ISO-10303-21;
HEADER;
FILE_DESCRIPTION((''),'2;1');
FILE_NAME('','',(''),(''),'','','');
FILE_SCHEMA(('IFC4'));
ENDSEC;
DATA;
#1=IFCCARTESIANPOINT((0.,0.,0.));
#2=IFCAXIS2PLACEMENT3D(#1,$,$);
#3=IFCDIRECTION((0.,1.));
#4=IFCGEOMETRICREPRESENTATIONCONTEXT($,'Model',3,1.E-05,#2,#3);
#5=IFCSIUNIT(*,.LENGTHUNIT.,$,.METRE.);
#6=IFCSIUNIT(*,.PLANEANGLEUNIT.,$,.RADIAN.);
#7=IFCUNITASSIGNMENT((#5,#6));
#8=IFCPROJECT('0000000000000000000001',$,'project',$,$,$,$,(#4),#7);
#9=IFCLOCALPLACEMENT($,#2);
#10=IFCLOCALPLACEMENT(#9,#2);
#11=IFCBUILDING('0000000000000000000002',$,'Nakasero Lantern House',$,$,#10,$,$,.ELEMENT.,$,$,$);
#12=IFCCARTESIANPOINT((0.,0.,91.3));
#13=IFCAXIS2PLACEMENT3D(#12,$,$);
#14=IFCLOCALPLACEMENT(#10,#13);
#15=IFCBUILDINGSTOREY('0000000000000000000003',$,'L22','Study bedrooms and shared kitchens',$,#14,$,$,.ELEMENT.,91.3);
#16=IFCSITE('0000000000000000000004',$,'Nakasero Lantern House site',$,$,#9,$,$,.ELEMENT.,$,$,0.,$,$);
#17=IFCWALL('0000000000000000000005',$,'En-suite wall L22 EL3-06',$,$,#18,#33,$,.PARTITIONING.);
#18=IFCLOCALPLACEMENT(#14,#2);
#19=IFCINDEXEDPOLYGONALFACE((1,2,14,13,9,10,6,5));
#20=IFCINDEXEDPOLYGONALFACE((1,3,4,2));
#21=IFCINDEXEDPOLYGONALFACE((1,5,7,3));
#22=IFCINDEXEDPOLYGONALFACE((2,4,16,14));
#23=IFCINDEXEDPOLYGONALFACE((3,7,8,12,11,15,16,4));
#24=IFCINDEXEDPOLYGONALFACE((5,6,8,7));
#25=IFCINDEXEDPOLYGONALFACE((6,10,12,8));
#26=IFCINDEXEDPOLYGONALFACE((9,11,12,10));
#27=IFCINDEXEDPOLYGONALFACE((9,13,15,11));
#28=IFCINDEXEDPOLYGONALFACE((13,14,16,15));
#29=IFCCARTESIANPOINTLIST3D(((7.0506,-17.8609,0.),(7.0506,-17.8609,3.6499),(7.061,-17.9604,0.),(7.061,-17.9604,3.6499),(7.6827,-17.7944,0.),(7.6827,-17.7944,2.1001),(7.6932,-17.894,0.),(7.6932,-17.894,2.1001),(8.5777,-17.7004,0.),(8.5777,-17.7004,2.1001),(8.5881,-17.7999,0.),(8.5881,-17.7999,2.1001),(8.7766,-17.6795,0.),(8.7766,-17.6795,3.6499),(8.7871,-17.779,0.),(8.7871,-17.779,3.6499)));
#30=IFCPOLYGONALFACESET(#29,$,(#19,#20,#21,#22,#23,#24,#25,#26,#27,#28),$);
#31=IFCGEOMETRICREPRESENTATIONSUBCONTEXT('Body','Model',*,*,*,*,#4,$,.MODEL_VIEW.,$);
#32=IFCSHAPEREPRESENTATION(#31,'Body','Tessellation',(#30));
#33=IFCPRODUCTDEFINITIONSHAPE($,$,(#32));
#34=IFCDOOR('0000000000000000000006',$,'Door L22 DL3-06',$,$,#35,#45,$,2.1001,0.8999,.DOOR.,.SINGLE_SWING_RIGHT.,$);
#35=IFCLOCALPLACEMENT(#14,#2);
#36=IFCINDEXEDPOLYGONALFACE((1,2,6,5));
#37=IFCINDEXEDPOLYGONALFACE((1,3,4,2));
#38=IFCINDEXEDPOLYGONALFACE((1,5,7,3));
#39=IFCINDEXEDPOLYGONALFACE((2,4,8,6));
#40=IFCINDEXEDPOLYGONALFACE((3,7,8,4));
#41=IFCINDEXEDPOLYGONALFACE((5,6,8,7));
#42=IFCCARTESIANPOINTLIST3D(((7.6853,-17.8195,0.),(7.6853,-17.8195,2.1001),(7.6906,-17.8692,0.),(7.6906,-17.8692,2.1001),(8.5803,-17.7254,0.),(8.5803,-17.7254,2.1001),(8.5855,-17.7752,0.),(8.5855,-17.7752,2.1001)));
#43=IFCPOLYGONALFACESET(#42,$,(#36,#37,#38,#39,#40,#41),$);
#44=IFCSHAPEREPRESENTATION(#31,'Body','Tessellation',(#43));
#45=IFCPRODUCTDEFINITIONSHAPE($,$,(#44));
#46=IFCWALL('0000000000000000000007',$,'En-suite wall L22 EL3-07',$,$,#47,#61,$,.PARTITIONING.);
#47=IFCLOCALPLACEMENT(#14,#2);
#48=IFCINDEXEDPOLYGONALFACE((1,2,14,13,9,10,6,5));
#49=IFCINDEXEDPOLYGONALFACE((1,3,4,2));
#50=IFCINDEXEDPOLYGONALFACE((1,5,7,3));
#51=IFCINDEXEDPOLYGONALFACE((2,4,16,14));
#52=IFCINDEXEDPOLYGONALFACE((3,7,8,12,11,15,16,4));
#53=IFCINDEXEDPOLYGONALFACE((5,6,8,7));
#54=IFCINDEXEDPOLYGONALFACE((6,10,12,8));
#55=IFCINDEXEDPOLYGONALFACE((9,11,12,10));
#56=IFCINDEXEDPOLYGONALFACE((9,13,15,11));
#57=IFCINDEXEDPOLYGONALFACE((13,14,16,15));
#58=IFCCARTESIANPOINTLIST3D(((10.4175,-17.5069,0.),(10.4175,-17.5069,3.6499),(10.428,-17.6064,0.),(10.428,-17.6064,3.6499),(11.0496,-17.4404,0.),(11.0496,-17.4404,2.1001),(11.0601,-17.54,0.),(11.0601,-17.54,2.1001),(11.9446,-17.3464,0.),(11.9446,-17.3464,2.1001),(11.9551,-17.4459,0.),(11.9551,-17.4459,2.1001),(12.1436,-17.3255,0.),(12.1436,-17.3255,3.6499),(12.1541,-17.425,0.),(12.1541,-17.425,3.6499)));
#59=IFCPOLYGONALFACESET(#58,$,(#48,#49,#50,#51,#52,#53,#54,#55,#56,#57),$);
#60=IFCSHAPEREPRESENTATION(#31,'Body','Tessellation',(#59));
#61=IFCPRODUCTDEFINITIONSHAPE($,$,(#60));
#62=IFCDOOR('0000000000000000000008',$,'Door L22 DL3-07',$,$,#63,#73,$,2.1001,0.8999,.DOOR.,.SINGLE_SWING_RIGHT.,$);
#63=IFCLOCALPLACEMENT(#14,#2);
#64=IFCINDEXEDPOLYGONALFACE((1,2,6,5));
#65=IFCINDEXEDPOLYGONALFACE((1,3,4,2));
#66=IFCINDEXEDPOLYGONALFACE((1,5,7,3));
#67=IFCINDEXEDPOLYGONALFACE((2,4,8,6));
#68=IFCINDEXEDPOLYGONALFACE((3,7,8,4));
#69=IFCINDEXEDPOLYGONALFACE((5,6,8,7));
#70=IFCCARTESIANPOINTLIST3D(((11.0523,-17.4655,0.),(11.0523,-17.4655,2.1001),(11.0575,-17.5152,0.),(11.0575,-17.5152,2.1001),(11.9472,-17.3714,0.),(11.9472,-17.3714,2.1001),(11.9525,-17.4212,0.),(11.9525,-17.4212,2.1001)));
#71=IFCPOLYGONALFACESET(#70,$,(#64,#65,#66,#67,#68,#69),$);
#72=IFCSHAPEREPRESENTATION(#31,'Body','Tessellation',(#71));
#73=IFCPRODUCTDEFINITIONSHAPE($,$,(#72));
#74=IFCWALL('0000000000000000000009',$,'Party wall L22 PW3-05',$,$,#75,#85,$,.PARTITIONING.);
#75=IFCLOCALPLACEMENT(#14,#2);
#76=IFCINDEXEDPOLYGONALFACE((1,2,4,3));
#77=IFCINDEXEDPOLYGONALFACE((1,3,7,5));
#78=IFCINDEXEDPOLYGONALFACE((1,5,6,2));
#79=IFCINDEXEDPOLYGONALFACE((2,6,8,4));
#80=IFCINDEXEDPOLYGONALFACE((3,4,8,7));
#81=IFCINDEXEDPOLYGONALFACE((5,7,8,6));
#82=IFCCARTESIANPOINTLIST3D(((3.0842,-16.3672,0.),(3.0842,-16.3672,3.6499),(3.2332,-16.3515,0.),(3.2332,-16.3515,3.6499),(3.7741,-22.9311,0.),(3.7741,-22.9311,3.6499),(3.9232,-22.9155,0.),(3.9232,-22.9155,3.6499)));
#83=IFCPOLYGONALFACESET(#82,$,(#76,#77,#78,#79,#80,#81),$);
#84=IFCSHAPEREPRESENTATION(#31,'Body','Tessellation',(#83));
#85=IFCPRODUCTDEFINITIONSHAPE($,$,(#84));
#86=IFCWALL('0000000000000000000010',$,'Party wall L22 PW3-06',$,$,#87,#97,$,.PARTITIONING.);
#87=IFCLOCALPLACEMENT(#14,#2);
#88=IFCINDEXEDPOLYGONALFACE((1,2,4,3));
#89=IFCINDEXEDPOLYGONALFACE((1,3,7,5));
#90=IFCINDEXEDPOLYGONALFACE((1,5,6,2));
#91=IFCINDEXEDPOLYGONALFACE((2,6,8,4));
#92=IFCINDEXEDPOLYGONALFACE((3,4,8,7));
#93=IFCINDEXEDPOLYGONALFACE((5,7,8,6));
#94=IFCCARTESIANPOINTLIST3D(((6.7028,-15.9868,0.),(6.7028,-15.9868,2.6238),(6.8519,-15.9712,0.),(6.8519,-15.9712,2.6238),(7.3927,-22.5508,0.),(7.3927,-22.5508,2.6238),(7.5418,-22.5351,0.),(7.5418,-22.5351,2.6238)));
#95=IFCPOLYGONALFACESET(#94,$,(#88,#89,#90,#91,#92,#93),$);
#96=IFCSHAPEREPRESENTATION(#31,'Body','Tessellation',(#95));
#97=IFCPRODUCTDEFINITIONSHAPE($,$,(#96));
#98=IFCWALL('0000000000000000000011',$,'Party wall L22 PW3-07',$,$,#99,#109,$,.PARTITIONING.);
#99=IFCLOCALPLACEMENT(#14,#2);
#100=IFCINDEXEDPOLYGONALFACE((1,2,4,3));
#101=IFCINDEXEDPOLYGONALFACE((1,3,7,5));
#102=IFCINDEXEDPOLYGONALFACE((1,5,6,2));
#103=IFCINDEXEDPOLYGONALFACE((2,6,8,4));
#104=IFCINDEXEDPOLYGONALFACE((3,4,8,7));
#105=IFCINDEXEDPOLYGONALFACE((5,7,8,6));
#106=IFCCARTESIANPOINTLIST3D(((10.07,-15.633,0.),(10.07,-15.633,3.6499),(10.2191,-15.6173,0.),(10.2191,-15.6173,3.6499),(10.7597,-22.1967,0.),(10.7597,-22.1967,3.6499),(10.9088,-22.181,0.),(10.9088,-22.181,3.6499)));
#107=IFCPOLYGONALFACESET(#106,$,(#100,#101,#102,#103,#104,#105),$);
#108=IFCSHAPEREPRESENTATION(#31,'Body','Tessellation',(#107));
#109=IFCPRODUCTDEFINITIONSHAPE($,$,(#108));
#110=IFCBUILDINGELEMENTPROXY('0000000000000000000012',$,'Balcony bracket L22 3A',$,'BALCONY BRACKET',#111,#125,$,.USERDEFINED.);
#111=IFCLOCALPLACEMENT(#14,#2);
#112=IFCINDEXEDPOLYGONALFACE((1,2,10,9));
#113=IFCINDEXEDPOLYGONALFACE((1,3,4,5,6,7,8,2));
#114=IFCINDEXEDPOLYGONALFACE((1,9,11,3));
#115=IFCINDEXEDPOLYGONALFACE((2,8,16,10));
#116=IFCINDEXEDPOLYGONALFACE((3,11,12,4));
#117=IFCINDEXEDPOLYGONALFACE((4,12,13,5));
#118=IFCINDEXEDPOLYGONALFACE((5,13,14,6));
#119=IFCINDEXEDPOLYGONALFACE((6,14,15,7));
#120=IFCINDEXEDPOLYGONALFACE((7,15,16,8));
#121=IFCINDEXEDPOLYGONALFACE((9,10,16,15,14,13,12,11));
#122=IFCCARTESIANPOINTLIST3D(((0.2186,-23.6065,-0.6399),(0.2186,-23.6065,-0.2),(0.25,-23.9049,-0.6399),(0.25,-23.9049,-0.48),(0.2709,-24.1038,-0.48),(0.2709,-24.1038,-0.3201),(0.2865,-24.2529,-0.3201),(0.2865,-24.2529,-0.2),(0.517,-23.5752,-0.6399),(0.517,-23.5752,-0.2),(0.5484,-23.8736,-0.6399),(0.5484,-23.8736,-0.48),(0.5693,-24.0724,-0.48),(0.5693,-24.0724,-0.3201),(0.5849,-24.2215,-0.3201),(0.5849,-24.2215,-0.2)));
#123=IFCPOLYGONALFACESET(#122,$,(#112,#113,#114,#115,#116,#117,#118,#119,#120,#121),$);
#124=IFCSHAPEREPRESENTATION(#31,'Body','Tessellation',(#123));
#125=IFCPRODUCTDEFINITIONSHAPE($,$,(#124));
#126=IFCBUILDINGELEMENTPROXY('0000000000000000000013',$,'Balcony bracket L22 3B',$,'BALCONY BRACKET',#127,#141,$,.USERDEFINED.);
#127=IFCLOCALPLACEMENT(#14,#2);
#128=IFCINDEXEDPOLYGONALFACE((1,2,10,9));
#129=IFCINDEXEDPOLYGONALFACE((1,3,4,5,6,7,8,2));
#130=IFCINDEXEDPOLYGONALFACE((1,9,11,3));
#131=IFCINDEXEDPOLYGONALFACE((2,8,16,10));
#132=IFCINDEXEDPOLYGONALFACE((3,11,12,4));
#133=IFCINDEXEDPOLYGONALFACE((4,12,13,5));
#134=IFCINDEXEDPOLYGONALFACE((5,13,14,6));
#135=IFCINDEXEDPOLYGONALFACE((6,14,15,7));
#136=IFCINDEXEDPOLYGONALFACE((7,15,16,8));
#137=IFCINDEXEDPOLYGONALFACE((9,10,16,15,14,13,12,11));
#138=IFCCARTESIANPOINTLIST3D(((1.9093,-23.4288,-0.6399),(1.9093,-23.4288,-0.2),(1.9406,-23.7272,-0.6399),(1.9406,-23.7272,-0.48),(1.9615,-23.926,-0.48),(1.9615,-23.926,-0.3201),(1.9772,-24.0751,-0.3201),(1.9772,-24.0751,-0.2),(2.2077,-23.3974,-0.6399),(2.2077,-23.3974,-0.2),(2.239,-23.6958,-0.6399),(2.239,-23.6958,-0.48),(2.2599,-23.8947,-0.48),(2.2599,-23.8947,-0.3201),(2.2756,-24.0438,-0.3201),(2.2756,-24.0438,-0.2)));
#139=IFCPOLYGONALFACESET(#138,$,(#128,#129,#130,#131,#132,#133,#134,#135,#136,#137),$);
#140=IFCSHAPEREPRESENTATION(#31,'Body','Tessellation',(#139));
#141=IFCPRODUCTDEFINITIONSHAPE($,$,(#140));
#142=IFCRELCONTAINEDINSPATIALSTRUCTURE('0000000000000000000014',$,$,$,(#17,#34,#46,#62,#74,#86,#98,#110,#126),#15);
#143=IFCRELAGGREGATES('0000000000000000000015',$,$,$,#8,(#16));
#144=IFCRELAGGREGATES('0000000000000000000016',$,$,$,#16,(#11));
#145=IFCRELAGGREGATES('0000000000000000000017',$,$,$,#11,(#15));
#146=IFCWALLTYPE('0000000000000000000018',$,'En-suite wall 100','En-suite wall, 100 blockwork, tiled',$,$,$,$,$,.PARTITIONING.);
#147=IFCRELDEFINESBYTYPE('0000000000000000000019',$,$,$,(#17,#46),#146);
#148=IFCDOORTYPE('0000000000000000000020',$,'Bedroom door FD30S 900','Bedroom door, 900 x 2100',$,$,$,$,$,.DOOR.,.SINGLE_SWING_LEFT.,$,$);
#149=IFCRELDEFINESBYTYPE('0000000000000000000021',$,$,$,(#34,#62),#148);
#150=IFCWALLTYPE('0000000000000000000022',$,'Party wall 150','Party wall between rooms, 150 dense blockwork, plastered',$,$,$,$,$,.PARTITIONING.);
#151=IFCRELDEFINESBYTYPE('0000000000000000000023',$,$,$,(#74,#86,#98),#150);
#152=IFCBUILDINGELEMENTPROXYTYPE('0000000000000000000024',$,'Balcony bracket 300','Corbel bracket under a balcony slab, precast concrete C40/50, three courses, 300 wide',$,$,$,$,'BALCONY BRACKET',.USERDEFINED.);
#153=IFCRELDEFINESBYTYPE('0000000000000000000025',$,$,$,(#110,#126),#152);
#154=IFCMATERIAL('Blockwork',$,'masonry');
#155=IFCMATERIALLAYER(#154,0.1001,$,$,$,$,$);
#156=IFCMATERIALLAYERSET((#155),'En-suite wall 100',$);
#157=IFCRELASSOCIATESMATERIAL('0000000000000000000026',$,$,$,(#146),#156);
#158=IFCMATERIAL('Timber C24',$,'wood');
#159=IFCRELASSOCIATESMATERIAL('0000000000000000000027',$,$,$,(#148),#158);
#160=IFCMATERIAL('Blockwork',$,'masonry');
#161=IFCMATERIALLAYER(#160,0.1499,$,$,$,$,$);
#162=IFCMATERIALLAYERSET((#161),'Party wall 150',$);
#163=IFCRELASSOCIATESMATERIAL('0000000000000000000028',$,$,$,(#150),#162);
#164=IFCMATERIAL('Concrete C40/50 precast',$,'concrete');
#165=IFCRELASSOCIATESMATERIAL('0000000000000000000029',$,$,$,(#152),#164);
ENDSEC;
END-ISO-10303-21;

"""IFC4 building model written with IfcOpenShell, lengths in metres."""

from ifc_helpers import new_model, si_unit, direction, frame, frame_2d, origin, place, context, subcontext, project, spatial, polyline, rectangle, outline, extrude, material, layer, layer_set, type_object, element, fill, save


model = new_model("IFC4")

# Units and contexts
model_context = context("Model", 3, precision=1e-05, world=origin(), true_north=direction((0.0, 1.0)))
body_context = subcontext(model_context, "Body", "Model", "MODEL_VIEW")
ifc_project = project(units=[si_unit("LENGTHUNIT", "METRE"), si_unit("PLANEANGLEUNIT", "RADIAN")], contexts=[model_context])

# Site, building, storey
site_placement = place(None, origin())
site = spatial("IfcSite", under=ifc_project, at=site_placement, Name="Nakasero Lantern House site", CompositionType="ELEMENT", RefElevation=0.0)
building_placement = place(site_placement, origin())
building = spatial("IfcBuilding", under=site, at=building_placement, Name="Nakasero Lantern House", CompositionType="ELEMENT")
storey_placement = place(building_placement, frame((0.0, 0.0, 91.3)))
storey = spatial("IfcBuildingStorey", under=building, at=storey_placement, Name="L22", Description="Study bedrooms and shared kitchens", CompositionType="ELEMENT", Elevation=91.3)

# Shared definitions
ifc_material_1 = material(Name="Blockwork", Category="masonry")
ifc_layer_1 = layer(ifc_material_1, 0.1001)
ifc_layer_set_1 = layer_set([ifc_layer_1], Name="En-suite wall 100")
wall_type_1 = type_object("IfcWallType", Name="En-suite wall 100", Description="En-suite wall, 100 blockwork, tiled", PredefinedType="PARTITIONING", material=ifc_layer_set_1)

# Walls, openings, doors
ifc_material_2 = material(Name="Timber C24", Category="wood")
door_type_1 = type_object("IfcDoorType", Name="Bedroom door FD30S 900", Description="Bedroom door, 900 x 2100", OperationType="SINGLE_SWING_LEFT", PredefinedType="DOOR", material=ifc_material_2)
wall_1_placement = place(storey_placement, frame((7.0559, -17.9106, 0.0), z_axis=(0.0, 0.0, 1.0), x_axis=(0.994523, 0.104516, 0.0)))
wall_1 = element("IfcWall", 1, at=wall_1_placement, inside=storey, type_object=wall_type_1, Name="En-suite wall L22 EL3-06", PredefinedType="PARTITIONING", context=body_context, shape_type="SweptSolid", body=[
    extrude(rectangle(XDim=1.7356, YDim=0.1001, at=frame_2d((0.8677, 0.0))), origin(), (0.0, 0.0, 1.0), 3.6499),
])
opening_1_placement = place(wall_1_placement, frame((0.6355, 0.0, 0.0)))
opening_1 = element("IfcOpeningElement", 2, at=opening_1_placement, cuts=wall_1, PredefinedType="OPENING", context=body_context, shape_type="SweptSolid", body=[
    extrude(rectangle(XDim=0.8999, YDim=2.1001, at=frame_2d((0.45, 1.05))), frame((0.0, 0.0701, 0.0), z_axis=(0.0, -1.0, 0.0), x_axis=(1.0, 0.0, 0.0)), (0.0, 0.0, 1.0), 0.1401),
])
door_1_placement = place(opening_1_placement, origin())
door_1 = element("IfcDoor", 3, at=door_1_placement, inside=storey, type_object=door_type_1, Name="Door L22 DL3-06", OperationType="SINGLE_SWING_RIGHT", OverallHeight=2.1001, OverallWidth=0.8999, PredefinedType="DOOR", context=body_context, shape_type="SweptSolid", body=[
    extrude(rectangle(XDim=0.8999, YDim=2.1001, at=frame_2d((0.45, 1.05))), frame((0.0, 0.0249, 0.0), z_axis=(0.0, -1.0, 0.0), x_axis=(1.0, 0.0, 0.0)), (0.0, 0.0, 1.0), 0.05),
])
fill(opening_1, door_1)
wall_2_placement = place(storey_placement, frame((10.4229, -17.5566, 0.0), z_axis=(0.0, 0.0, 1.0), x_axis=(0.994523, 0.104516, 0.0)))
wall_2 = element("IfcWall", 4, at=wall_2_placement, inside=storey, type_object=wall_type_1, Name="En-suite wall L22 EL3-07", PredefinedType="PARTITIONING", context=body_context, shape_type="SweptSolid", body=[
    extrude(rectangle(XDim=1.7356, YDim=0.1001, at=frame_2d((0.8677, 0.0))), origin(), (0.0, 0.0, 1.0), 3.6499),
])
opening_2_placement = place(wall_2_placement, frame((0.6355, 0.0, 0.0)))
opening_2 = element("IfcOpeningElement", 5, at=opening_2_placement, cuts=wall_2, PredefinedType="OPENING", context=body_context, shape_type="SweptSolid", body=[
    extrude(rectangle(XDim=0.8999, YDim=2.1001, at=frame_2d((0.45, 1.05))), frame((0.0, 0.0701, 0.0), z_axis=(0.0, -1.0, 0.0), x_axis=(1.0, 0.0, 0.0)), (0.0, 0.0, 1.0), 0.1401),
])
door_2_placement = place(opening_2_placement, origin())
door_2 = element("IfcDoor", 6, at=door_2_placement, inside=storey, type_object=door_type_1, Name="Door L22 DL3-07", OperationType="SINGLE_SWING_RIGHT", OverallHeight=2.1001, OverallWidth=0.8999, PredefinedType="DOOR", context=body_context, shape_type="SweptSolid", body=[
    extrude(rectangle(XDim=0.8999, YDim=2.1001, at=frame_2d((0.45, 1.05))), frame((0.0, 0.0249, 0.0), z_axis=(0.0, -1.0, 0.0), x_axis=(1.0, 0.0, 0.0)), (0.0, 0.0, 1.0), 0.05),
])
fill(opening_2, door_2)

# Walls
ifc_material_3 = material(Name="Blockwork", Category="masonry")
ifc_layer_2 = layer(ifc_material_3, 0.1499)
ifc_layer_set_2 = layer_set([ifc_layer_2], Name="Party wall 150")
wall_type_2 = type_object("IfcWallType", Name="Party wall 150", Description="Party wall between rooms, 150 dense blockwork, plastered", PredefinedType="PARTITIONING", material=ifc_layer_set_2)
wall_3_placement = place(storey_placement, frame((3.1587, -16.3594, 0.0), z_axis=(0.0, 0.0, 1.0), x_axis=(0.104535, -0.994521, 0.0)))
element("IfcWall", 7, at=wall_3_placement, inside=storey, type_object=wall_type_2, Name="Party wall L22 PW3-05", PredefinedType="PARTITIONING", context=body_context, shape_type="SweptSolid", body=[
    extrude(rectangle(XDim=6.6001, YDim=0.1499, at=frame_2d((3.3, 0.0))), origin(), (0.0, 0.0, 1.0), 3.6499),
])
wall_4_placement = place(storey_placement, frame((6.7773, -15.979, 0.0), z_axis=(0.0, 0.0, 1.0), x_axis=(0.104535, -0.994521, 0.0)))
element("IfcWall", 8, at=wall_4_placement, inside=storey, type_object=wall_type_2, Name="Party wall L22 PW3-06", PredefinedType="PARTITIONING", context=body_context, shape_type="SweptSolid", body=[
    extrude(rectangle(XDim=6.6001, YDim=0.1499, at=frame_2d((3.3, 0.0))), origin(), (0.0, 0.0, 1.0), 2.6238),
])
wall_5_placement = place(storey_placement, frame((10.1445, -15.6252, 0.0), z_axis=(0.0, 0.0, 1.0), x_axis=(0.104502, -0.994525, 0.0)))
element("IfcWall", 9, at=wall_5_placement, inside=storey, type_object=wall_type_2, Name="Party wall L22 PW3-07", PredefinedType="PARTITIONING", context=body_context, shape_type="SweptSolid", body=[
    extrude(rectangle(XDim=6.5999, YDim=0.1499, at=frame_2d((3.2998, 0.0))), origin(), (0.0, 0.0, 1.0), 3.6499),
])

# Building element proxies
ifc_material_4 = material(Name="Concrete C40/50 precast", Category="concrete")
building_element_proxy_type = type_object("IfcBuildingElementProxyType", Name="Balcony bracket 300", Description="Corbel bracket under a balcony slab, precast concrete C40/50, three courses, 300 wide", ElementType="BALCONY BRACKET", PredefinedType="USERDEFINED", material=ifc_material_4)
for number, where, z_axis, x_axis, name in (
    (10, (0.3679, -23.5908, -0.2), (0.0, 0.0, 1.0), (0.104528, -0.994522, 0.0), "Balcony bracket L22 3A"),
    (11, (2.0586, -23.4131, -0.2), (0.0, 0.0, 1.0), (0.104528, -0.994522, 0.0), "Balcony bracket L22 3B"),
):
    element("IfcBuildingElementProxy", number, at=place(storey_placement, frame(where, z_axis=z_axis, x_axis=x_axis)), inside=storey, type_object=building_element_proxy_type, Name=name, ObjectType="BALCONY BRACKET", PredefinedType="USERDEFINED", context=body_context, shape_type="SweptSolid", body=[
        extrude(outline(polyline([(0.0, 0.0), (0.6499, 0.0), (0.6499, -0.1201), (0.5, -0.1201), (0.5, -0.28), (0.3, -0.28), (0.3, -0.4399), (0.0, -0.4399), (0.0, 0.0)])), frame((0.0, 0.1499, 0.0), z_axis=(0.0, -1.0, 0.0), x_axis=(1.0, 0.0, 0.0)), (0.0, 0.0, 1.0), 0.3),
    ])

save(model, "model.ifc")
